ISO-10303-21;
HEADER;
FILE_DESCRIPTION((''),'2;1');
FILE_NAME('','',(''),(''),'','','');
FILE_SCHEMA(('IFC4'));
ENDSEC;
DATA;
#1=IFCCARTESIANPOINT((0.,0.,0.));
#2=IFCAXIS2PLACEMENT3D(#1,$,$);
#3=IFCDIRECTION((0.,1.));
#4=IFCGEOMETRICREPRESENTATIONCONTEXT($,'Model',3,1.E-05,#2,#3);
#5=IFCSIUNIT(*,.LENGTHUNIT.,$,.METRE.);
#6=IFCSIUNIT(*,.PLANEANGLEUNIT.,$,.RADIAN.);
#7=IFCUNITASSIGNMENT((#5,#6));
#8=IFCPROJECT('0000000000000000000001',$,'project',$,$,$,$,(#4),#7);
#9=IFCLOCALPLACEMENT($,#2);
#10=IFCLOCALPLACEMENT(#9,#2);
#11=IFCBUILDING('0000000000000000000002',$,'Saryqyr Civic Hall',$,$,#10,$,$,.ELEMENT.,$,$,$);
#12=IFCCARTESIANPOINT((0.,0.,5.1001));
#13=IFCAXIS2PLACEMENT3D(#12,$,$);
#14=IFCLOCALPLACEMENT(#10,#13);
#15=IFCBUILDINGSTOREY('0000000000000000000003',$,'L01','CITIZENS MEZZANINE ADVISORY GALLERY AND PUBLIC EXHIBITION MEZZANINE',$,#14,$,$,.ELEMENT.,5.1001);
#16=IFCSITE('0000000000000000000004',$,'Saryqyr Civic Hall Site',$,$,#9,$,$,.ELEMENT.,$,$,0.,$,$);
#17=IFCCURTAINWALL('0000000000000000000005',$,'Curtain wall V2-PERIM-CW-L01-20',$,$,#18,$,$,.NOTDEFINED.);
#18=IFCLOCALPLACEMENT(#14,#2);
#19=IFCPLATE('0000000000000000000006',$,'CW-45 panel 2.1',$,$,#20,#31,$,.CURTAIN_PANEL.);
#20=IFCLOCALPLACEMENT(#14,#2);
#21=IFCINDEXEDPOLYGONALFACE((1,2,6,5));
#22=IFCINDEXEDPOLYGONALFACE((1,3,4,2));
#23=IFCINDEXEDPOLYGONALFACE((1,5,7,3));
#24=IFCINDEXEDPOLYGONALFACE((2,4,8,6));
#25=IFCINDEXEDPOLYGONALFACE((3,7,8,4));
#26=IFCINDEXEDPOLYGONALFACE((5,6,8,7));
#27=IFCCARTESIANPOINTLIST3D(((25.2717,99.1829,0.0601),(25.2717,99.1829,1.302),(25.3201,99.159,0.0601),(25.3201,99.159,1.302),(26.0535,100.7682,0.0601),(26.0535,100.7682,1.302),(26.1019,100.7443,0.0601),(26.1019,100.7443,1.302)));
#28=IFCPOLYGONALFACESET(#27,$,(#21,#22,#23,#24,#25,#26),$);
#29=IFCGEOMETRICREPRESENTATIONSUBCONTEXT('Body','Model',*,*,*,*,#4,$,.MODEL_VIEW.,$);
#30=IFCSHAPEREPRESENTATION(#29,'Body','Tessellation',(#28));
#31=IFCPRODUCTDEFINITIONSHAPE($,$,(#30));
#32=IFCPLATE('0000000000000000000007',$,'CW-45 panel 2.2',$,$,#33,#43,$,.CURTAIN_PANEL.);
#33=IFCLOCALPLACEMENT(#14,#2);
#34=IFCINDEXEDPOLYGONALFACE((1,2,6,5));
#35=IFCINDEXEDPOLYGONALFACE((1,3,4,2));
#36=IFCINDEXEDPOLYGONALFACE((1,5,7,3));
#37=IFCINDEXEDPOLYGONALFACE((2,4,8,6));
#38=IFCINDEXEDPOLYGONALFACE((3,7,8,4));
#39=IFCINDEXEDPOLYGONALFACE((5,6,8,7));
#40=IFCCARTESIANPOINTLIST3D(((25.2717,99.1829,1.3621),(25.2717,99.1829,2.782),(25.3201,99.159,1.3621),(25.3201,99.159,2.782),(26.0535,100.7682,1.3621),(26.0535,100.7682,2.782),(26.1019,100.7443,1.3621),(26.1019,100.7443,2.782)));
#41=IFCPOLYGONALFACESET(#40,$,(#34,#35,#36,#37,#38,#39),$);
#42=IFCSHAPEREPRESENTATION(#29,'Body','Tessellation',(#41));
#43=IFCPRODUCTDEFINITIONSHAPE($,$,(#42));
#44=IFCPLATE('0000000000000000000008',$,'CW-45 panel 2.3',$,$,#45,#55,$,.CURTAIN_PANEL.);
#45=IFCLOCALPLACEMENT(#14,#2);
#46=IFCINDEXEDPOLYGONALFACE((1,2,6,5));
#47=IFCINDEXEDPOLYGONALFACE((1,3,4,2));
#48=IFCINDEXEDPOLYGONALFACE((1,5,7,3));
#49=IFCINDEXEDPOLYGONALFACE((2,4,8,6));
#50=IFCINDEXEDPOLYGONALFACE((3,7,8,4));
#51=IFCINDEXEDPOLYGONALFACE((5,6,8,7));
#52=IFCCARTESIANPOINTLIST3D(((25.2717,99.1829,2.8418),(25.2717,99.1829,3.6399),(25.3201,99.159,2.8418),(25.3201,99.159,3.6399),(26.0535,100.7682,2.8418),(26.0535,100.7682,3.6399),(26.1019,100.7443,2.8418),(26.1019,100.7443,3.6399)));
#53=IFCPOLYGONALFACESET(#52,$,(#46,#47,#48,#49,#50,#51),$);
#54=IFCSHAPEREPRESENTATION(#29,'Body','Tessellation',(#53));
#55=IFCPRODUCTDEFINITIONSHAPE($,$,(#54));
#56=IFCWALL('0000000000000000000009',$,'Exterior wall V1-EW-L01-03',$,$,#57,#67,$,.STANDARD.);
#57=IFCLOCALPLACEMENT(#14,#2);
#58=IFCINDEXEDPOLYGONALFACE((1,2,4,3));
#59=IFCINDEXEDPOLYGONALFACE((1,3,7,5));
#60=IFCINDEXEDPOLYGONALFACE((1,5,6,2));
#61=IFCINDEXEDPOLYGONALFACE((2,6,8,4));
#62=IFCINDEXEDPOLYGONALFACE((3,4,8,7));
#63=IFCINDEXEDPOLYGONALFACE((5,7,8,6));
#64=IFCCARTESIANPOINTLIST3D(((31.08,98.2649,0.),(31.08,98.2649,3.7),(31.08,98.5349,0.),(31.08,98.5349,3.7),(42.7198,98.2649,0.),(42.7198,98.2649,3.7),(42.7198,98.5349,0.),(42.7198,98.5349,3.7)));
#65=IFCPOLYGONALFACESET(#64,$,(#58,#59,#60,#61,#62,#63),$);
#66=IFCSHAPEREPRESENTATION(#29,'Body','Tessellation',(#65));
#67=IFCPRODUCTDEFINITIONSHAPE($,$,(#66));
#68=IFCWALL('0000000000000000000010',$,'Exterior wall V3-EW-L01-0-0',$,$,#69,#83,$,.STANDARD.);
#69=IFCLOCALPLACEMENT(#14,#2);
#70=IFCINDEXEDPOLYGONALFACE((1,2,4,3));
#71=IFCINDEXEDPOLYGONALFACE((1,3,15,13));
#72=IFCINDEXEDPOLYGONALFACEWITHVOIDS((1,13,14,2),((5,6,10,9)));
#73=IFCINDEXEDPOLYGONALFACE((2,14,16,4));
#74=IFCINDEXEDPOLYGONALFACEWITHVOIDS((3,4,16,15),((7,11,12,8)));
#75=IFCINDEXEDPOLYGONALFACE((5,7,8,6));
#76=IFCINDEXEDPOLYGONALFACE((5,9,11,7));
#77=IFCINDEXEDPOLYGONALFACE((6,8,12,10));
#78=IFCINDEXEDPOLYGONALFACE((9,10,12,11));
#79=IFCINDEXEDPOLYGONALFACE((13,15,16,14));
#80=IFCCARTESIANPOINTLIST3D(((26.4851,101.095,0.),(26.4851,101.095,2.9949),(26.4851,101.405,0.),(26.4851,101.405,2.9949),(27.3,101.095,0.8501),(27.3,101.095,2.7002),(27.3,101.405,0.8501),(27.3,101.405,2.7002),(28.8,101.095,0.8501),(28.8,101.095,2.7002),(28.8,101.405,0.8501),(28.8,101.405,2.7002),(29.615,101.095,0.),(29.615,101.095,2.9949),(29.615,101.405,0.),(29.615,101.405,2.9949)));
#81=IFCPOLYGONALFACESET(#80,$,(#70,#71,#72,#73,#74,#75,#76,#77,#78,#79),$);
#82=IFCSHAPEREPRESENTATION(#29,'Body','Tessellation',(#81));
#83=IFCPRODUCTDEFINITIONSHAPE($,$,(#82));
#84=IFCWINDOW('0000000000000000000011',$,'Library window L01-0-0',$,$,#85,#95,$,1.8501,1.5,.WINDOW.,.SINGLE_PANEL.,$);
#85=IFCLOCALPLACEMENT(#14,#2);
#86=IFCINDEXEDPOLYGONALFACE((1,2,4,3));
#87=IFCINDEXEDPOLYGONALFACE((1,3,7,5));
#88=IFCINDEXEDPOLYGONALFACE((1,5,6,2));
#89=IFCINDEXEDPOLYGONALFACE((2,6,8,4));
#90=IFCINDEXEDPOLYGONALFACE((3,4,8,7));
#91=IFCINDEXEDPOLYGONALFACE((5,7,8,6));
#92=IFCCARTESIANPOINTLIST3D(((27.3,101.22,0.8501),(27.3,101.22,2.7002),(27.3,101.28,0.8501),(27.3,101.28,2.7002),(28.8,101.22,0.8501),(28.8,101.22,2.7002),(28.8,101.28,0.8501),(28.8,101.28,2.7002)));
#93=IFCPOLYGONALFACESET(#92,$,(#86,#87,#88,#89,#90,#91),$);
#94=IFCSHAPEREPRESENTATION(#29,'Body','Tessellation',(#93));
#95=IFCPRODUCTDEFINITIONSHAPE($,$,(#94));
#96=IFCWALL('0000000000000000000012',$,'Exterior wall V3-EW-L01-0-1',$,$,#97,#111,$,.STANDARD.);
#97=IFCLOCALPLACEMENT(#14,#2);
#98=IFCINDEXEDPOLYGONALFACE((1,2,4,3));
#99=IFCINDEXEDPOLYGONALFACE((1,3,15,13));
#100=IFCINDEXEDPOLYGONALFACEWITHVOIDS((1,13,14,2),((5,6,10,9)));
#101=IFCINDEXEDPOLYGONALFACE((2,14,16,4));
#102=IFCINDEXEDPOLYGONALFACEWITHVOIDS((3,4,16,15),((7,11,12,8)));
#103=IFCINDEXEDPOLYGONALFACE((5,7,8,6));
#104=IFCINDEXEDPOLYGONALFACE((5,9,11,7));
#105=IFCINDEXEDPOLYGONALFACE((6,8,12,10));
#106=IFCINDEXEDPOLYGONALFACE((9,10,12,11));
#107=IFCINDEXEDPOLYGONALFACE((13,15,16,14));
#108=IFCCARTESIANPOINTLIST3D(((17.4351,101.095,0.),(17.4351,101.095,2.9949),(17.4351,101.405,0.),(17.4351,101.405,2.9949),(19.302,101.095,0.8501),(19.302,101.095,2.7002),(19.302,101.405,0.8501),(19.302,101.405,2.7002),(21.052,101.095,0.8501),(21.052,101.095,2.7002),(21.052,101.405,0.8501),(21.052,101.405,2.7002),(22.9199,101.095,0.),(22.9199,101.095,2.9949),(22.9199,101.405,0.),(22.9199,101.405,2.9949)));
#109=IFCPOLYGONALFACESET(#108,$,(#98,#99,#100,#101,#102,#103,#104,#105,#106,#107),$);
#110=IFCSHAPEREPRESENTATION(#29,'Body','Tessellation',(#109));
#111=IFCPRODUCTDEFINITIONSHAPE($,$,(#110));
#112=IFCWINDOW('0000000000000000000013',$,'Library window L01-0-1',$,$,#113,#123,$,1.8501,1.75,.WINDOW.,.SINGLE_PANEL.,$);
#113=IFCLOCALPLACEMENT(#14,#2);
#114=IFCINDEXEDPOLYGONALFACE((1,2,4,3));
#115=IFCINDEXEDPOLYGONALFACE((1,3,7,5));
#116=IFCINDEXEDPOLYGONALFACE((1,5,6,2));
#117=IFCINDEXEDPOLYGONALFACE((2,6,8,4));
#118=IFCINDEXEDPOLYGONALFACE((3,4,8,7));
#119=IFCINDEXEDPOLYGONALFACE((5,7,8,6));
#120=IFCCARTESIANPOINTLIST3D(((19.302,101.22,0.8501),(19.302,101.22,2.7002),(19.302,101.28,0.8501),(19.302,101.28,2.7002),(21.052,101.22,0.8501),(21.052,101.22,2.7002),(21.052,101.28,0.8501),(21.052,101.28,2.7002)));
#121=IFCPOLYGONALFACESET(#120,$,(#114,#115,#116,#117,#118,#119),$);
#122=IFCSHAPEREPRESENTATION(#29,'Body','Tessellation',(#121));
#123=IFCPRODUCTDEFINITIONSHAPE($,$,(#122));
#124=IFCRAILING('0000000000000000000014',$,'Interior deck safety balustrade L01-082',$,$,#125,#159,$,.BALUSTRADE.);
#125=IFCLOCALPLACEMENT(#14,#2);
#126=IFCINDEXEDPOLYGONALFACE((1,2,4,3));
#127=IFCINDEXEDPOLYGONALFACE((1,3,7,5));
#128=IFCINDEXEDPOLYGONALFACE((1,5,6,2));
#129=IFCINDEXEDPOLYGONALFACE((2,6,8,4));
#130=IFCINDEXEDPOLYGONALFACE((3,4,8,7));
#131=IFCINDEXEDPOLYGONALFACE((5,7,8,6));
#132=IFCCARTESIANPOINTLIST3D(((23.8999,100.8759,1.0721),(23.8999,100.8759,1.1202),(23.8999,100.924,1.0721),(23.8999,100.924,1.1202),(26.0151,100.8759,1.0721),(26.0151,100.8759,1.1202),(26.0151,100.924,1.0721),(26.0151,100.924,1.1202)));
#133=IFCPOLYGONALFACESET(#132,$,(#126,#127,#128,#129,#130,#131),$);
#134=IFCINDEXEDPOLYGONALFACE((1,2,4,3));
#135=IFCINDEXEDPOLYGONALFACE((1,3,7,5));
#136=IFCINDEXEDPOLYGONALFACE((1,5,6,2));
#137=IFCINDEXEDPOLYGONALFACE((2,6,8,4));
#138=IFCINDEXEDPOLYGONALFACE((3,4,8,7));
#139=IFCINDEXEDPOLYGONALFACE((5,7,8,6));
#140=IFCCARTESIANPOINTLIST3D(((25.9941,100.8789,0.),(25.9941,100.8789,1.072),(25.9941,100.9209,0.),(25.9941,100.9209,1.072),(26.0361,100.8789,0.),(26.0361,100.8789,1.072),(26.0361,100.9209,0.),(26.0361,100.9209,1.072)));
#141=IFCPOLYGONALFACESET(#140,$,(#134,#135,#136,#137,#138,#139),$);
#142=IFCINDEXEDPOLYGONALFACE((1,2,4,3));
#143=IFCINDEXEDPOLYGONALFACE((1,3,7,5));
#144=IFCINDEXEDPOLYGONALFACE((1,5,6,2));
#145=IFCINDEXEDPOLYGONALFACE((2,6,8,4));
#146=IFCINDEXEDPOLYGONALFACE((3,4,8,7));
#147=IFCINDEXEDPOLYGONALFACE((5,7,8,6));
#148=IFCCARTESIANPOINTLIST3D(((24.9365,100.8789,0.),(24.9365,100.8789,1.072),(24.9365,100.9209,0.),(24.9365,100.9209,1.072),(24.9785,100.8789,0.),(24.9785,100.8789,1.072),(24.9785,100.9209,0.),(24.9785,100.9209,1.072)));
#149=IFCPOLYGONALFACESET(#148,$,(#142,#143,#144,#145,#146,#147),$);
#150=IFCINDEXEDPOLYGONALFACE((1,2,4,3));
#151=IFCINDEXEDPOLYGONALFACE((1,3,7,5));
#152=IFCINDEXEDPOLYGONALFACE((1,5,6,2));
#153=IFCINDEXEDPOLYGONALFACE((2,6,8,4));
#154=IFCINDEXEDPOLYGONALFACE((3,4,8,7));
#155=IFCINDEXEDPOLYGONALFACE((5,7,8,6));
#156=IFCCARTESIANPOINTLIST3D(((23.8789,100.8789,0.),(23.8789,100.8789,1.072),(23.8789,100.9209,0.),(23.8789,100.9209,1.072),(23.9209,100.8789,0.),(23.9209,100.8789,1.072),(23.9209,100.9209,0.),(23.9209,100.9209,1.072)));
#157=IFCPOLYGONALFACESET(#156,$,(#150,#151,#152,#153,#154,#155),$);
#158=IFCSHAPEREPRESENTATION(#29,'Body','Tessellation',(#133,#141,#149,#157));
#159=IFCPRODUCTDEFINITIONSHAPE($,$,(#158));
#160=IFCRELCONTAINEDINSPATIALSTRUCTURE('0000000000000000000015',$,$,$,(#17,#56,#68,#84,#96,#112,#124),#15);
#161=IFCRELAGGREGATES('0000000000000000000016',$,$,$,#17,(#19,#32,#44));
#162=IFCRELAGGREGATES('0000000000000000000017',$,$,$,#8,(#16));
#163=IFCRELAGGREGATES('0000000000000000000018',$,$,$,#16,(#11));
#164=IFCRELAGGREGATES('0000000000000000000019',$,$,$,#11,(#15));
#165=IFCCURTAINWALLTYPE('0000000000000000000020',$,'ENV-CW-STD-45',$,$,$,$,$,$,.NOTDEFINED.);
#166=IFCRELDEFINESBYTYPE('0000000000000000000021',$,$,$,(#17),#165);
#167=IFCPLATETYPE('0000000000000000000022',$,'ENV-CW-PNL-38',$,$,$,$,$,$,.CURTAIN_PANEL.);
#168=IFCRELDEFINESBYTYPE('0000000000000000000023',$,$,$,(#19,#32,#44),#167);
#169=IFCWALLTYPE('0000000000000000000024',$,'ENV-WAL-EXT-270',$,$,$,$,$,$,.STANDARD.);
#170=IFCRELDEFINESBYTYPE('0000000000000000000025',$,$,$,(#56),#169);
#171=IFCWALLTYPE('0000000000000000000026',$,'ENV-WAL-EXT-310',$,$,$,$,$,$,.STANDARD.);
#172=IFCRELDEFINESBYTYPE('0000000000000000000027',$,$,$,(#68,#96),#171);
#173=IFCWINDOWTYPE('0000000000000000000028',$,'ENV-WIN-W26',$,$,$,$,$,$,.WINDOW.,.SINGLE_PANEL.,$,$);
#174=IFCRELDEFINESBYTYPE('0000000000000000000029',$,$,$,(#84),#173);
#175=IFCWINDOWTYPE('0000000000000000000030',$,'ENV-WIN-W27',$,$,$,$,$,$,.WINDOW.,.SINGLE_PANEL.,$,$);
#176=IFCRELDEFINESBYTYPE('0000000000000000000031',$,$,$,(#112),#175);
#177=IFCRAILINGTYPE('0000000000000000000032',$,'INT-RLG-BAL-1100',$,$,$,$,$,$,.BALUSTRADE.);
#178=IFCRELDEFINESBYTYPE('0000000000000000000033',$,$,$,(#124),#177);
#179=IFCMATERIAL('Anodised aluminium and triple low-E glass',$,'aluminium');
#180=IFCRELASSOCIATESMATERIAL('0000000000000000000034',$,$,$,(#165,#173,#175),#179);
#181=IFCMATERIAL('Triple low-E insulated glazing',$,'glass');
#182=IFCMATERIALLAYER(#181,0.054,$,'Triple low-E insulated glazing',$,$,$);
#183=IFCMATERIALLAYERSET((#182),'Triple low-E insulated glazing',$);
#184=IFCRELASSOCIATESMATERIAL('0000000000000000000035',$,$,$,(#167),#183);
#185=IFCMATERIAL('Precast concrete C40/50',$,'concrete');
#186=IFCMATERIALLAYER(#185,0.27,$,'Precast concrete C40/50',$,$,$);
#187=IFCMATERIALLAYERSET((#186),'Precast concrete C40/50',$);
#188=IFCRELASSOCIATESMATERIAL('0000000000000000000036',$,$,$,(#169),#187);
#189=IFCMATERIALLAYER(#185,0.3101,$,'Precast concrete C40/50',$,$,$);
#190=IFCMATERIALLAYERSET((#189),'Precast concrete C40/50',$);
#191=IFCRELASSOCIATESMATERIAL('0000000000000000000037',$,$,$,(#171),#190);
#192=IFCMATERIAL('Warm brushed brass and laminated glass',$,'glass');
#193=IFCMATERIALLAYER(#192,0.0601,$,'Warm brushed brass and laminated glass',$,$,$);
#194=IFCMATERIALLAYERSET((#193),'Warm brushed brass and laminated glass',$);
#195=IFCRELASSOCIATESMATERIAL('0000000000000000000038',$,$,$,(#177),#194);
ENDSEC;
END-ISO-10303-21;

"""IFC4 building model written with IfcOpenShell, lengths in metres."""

from ifc_helpers import new_model, si_unit, direction, frame, frame_2d, origin, origin_2d, place, context, subcontext, project, spatial, rectangle, extrude, material, layer, layer_set, type_object, element, fill, aggregate, save


model = new_model("IFC4")

# Units and contexts
model_context = context("Model", 3, precision=1e-05, world=origin(), true_north=direction((0.0, 1.0)))
body_context = subcontext(model_context, "Body", "Model", "MODEL_VIEW")
ifc_project = project(units=[si_unit("LENGTHUNIT", "METRE"), si_unit("PLANEANGLEUNIT", "RADIAN")], contexts=[model_context])

# Site, building, storey
site_placement = place(None, origin())
site = spatial("IfcSite", under=ifc_project, at=site_placement, Name="Saryqyr Civic Hall Site", CompositionType="ELEMENT", RefElevation=0.0)
building_placement = place(site_placement, origin())
building = spatial("IfcBuilding", under=site, at=building_placement, Name="Saryqyr Civic Hall", CompositionType="ELEMENT")
storey_placement = place(building_placement, frame((0.0, 0.0, 5.1001)))
storey = spatial("IfcBuildingStorey", under=building, at=storey_placement, Name="L01", Description="CITIZENS MEZZANINE ADVISORY GALLERY AND PUBLIC EXHIBITION MEZZANINE", CompositionType="ELEMENT", Elevation=5.1001)

# Curtain wall
ifc_material_1 = material(Name="Anodised aluminium and triple low-E glass", Category="aluminium")
curtain_wall_type_1 = type_object("IfcCurtainWallType", Name="ENV-CW-STD-45", PredefinedType="NOTDEFINED", material=ifc_material_1)
curtain_wall_1_placement = place(storey_placement, origin())
curtain_wall_1 = element("IfcCurtainWall", 1, at=curtain_wall_1_placement, inside=storey, type_object=curtain_wall_type_1, Name="Curtain wall V2-PERIM-CW-L01-20", PredefinedType="NOTDEFINED")

# Plates
ifc_material_2 = material(Name="Triple low-E insulated glazing", Category="glass")
ifc_layer_1 = layer(ifc_material_2, 0.054, Name="Triple low-E insulated glazing")
ifc_layer_set_1 = layer_set([ifc_layer_1], Name="Triple low-E insulated glazing")
plate_type = type_object("IfcPlateType", Name="ENV-CW-PNL-38", PredefinedType="CURTAIN_PANEL", material=ifc_layer_set_1)
plate_1_placement = place(storey_placement, frame((25.6868, 99.9636, 0.0601), z_axis=(0.0, 0.0, 1.0), x_axis=(0.442286, 0.896874, 0.0)))
plate_1 = element("IfcPlate", 2, at=plate_1_placement, type_object=plate_type, Name="CW-45 panel 2.1", PredefinedType="CURTAIN_PANEL", context=body_context, shape_type="SweptSolid", body=[
    extrude(rectangle(XDim=1.7676, YDim=0.054, at=origin_2d()), origin(), (0.0, 0.0, 1.0), 1.2419),
])
plate_2_placement = place(storey_placement, frame((25.6868, 99.9636, 1.3621), z_axis=(0.0, 0.0, 1.0), x_axis=(0.442286, 0.896874, 0.0)))
plate_2 = element("IfcPlate", 3, at=plate_2_placement, type_object=plate_type, Name="CW-45 panel 2.2", PredefinedType="CURTAIN_PANEL", context=body_context, shape_type="SweptSolid", body=[
    extrude(rectangle(XDim=1.7676, YDim=0.054, at=origin_2d()), origin(), (0.0, 0.0, 1.0), 1.4199),
])
plate_3_placement = place(storey_placement, frame((25.6868, 99.9636, 2.8418), z_axis=(0.0, 0.0, 1.0), x_axis=(0.442286, 0.896874, 0.0)))
plate_3 = element("IfcPlate", 4, at=plate_3_placement, type_object=plate_type, Name="CW-45 panel 2.3", PredefinedType="CURTAIN_PANEL", context=body_context, shape_type="SweptSolid", body=[
    extrude(rectangle(XDim=1.7676, YDim=0.054, at=origin_2d()), origin(), (0.0, 0.0, 1.0), 0.7981),
])
aggregate(curtain_wall_1, [plate_1, plate_2, plate_3])

# Wall
ifc_material_3 = material(Name="Precast concrete C40/50", Category="concrete")
ifc_layer_2 = layer(ifc_material_3, 0.27, Name="Precast concrete C40/50")
ifc_layer_set_2 = layer_set([ifc_layer_2], Name="Precast concrete C40/50")
wall_type_1 = type_object("IfcWallType", Name="ENV-WAL-EXT-270", PredefinedType="STANDARD", material=ifc_layer_set_2)
wall_1_placement = place(storey_placement, frame((31.0801, 98.3999, 0.0), z_axis=(0.0, 0.0, 1.0), x_axis=(1.0, 0.0, 0.0)))
element("IfcWall", 5, at=wall_1_placement, inside=storey, type_object=wall_type_1, Name="Exterior wall V1-EW-L01-03", PredefinedType="STANDARD", context=body_context, shape_type="SweptSolid", body=[
    extrude(rectangle(XDim=11.6399, YDim=0.27, at=frame_2d((5.8198, 0.0))), origin(), (0.0, 0.0, 1.0), 3.7),
])

# Walls, openings, windows
ifc_layer_3 = layer(ifc_material_3, 0.3101, Name="Precast concrete C40/50")
ifc_layer_set_3 = layer_set([ifc_layer_3], Name="Precast concrete C40/50")
wall_type_2 = type_object("IfcWallType", Name="ENV-WAL-EXT-310", PredefinedType="STANDARD", material=ifc_layer_set_3)
wall_2_placement = place(storey_placement, frame((29.615, 101.25, 0.0), z_axis=(0.0, 0.0, 1.0), x_axis=(-1.0, 0.0, 0.0)))
wall_2 = element("IfcWall", 6, at=wall_2_placement, inside=storey, type_object=wall_type_2, Name="Exterior wall V3-EW-L01-0-0", PredefinedType="STANDARD", context=body_context, shape_type="SweptSolid", body=[
    extrude(rectangle(XDim=3.1299, YDim=0.3101, at=frame_2d((1.5649, 0.0))), origin(), (0.0, 0.0, 1.0), 2.9949),
])
opening_1_placement = place(wall_2_placement, frame((0.8149, 0.0, 0.8501)))
opening_1 = element("IfcOpeningElement", 7, at=opening_1_placement, cuts=wall_2, PredefinedType="OPENING", context=body_context, shape_type="SweptSolid", body=[
    extrude(rectangle(XDim=1.5, YDim=1.8501, at=frame_2d((0.75, 0.925))), frame((0.0, 0.165, 0.0), z_axis=(0.0, -1.0, 0.0), x_axis=(1.0, 0.0, 0.0)), (0.0, 0.0, 1.0), 0.3301),
])
window_type_1 = type_object("IfcWindowType", Name="ENV-WIN-W26", PartitioningType="SINGLE_PANEL", PredefinedType="WINDOW", material=ifc_material_1)
window_1_placement = place(opening_1_placement, origin())
window_1 = element("IfcWindow", 8, at=window_1_placement, inside=storey, type_object=window_type_1, Name="Library window L01-0-0", OverallHeight=1.8501, OverallWidth=1.5, PartitioningType="SINGLE_PANEL", PredefinedType="WINDOW", context=body_context, shape_type="SweptSolid", body=[
    extrude(rectangle(XDim=1.5, YDim=1.8501, at=frame_2d((0.75, 0.925))), frame((0.0, 0.03, 0.0), z_axis=(0.0, -1.0, 0.0), x_axis=(1.0, 0.0, 0.0)), (0.0, 0.0, 1.0), 0.0601),
])
fill(opening_1, window_1)
wall_3_placement = place(storey_placement, frame((22.9199, 101.25, 0.0), z_axis=(0.0, 0.0, 1.0), x_axis=(-1.0, 0.0, 0.0)))
wall_3 = element("IfcWall", 9, at=wall_3_placement, inside=storey, type_object=wall_type_2, Name="Exterior wall V3-EW-L01-0-1", PredefinedType="STANDARD", context=body_context, shape_type="SweptSolid", body=[
    extrude(rectangle(XDim=5.4849, YDim=0.3101, at=frame_2d((2.7424, 0.0))), origin(), (0.0, 0.0, 1.0), 2.9949),
])
opening_2_placement = place(wall_3_placement, frame((1.8679, 0.0, 0.8501)))
opening_2 = element("IfcOpeningElement", 10, at=opening_2_placement, cuts=wall_3, PredefinedType="OPENING", context=body_context, shape_type="SweptSolid", body=[
    extrude(rectangle(XDim=1.75, YDim=1.8501, at=frame_2d((0.875, 0.925))), frame((0.0, 0.165, 0.0), z_axis=(0.0, -1.0, 0.0), x_axis=(1.0, 0.0, 0.0)), (0.0, 0.0, 1.0), 0.3301),
])
window_type_2 = type_object("IfcWindowType", Name="ENV-WIN-W27", PartitioningType="SINGLE_PANEL", PredefinedType="WINDOW", material=ifc_material_1)
window_2_placement = place(opening_2_placement, origin())
window_2 = element("IfcWindow", 11, at=window_2_placement, inside=storey, type_object=window_type_2, Name="Library window L01-0-1", OverallHeight=1.8501, OverallWidth=1.75, PartitioningType="SINGLE_PANEL", PredefinedType="WINDOW", context=body_context, shape_type="SweptSolid", body=[
    extrude(rectangle(XDim=1.75, YDim=1.8501, at=frame_2d((0.875, 0.925))), frame((0.0, 0.03, 0.0), z_axis=(0.0, -1.0, 0.0), x_axis=(1.0, 0.0, 0.0)), (0.0, 0.0, 1.0), 0.0601),
])
fill(opening_2, window_2)

# Railing
ifc_material_4 = material(Name="Warm brushed brass and laminated glass", Category="glass")
ifc_layer_4 = layer(ifc_material_4, 0.0601, Name="Warm brushed brass and laminated glass")
ifc_layer_set_4 = layer_set([ifc_layer_4], Name="Warm brushed brass and laminated glass")
railing_type = type_object("IfcRailingType", Name="INT-RLG-BAL-1100", PredefinedType="BALUSTRADE", material=ifc_layer_set_4)
railing_1_placement = place(storey_placement, frame((26.0151, 100.8999, 0.0)))
element("IfcRailing", 12, at=railing_1_placement, inside=storey, type_object=railing_type, Name="Interior deck safety balustrade L01-082", PredefinedType="BALUSTRADE", context=body_context, shape_type="SweptSolid", body=[
    extrude(rectangle(XDim=0.0481, YDim=0.0481, at=origin_2d()), frame((0.0, 0.0, 1.0962), z_axis=(-1.0, 0.0, 0.0), x_axis=(0.0, -1.0, 0.0)), (0.0, 0.0, 1.0), 2.1152),
    extrude(rectangle(XDim=0.042, YDim=0.042, at=origin_2d()), origin(), (0.0, 0.0, 1.0), 1.072),
    extrude(rectangle(XDim=0.042, YDim=0.042, at=origin_2d()), frame((-1.0576, 0.0, 0.0)), (0.0, 0.0, 1.0), 1.072),
    extrude(rectangle(XDim=0.042, YDim=0.042, at=origin_2d()), frame((-2.1152, 0.0, 0.0)), (0.0, 0.0, 1.0), 1.072),
])

save(model, "model.ifc")
